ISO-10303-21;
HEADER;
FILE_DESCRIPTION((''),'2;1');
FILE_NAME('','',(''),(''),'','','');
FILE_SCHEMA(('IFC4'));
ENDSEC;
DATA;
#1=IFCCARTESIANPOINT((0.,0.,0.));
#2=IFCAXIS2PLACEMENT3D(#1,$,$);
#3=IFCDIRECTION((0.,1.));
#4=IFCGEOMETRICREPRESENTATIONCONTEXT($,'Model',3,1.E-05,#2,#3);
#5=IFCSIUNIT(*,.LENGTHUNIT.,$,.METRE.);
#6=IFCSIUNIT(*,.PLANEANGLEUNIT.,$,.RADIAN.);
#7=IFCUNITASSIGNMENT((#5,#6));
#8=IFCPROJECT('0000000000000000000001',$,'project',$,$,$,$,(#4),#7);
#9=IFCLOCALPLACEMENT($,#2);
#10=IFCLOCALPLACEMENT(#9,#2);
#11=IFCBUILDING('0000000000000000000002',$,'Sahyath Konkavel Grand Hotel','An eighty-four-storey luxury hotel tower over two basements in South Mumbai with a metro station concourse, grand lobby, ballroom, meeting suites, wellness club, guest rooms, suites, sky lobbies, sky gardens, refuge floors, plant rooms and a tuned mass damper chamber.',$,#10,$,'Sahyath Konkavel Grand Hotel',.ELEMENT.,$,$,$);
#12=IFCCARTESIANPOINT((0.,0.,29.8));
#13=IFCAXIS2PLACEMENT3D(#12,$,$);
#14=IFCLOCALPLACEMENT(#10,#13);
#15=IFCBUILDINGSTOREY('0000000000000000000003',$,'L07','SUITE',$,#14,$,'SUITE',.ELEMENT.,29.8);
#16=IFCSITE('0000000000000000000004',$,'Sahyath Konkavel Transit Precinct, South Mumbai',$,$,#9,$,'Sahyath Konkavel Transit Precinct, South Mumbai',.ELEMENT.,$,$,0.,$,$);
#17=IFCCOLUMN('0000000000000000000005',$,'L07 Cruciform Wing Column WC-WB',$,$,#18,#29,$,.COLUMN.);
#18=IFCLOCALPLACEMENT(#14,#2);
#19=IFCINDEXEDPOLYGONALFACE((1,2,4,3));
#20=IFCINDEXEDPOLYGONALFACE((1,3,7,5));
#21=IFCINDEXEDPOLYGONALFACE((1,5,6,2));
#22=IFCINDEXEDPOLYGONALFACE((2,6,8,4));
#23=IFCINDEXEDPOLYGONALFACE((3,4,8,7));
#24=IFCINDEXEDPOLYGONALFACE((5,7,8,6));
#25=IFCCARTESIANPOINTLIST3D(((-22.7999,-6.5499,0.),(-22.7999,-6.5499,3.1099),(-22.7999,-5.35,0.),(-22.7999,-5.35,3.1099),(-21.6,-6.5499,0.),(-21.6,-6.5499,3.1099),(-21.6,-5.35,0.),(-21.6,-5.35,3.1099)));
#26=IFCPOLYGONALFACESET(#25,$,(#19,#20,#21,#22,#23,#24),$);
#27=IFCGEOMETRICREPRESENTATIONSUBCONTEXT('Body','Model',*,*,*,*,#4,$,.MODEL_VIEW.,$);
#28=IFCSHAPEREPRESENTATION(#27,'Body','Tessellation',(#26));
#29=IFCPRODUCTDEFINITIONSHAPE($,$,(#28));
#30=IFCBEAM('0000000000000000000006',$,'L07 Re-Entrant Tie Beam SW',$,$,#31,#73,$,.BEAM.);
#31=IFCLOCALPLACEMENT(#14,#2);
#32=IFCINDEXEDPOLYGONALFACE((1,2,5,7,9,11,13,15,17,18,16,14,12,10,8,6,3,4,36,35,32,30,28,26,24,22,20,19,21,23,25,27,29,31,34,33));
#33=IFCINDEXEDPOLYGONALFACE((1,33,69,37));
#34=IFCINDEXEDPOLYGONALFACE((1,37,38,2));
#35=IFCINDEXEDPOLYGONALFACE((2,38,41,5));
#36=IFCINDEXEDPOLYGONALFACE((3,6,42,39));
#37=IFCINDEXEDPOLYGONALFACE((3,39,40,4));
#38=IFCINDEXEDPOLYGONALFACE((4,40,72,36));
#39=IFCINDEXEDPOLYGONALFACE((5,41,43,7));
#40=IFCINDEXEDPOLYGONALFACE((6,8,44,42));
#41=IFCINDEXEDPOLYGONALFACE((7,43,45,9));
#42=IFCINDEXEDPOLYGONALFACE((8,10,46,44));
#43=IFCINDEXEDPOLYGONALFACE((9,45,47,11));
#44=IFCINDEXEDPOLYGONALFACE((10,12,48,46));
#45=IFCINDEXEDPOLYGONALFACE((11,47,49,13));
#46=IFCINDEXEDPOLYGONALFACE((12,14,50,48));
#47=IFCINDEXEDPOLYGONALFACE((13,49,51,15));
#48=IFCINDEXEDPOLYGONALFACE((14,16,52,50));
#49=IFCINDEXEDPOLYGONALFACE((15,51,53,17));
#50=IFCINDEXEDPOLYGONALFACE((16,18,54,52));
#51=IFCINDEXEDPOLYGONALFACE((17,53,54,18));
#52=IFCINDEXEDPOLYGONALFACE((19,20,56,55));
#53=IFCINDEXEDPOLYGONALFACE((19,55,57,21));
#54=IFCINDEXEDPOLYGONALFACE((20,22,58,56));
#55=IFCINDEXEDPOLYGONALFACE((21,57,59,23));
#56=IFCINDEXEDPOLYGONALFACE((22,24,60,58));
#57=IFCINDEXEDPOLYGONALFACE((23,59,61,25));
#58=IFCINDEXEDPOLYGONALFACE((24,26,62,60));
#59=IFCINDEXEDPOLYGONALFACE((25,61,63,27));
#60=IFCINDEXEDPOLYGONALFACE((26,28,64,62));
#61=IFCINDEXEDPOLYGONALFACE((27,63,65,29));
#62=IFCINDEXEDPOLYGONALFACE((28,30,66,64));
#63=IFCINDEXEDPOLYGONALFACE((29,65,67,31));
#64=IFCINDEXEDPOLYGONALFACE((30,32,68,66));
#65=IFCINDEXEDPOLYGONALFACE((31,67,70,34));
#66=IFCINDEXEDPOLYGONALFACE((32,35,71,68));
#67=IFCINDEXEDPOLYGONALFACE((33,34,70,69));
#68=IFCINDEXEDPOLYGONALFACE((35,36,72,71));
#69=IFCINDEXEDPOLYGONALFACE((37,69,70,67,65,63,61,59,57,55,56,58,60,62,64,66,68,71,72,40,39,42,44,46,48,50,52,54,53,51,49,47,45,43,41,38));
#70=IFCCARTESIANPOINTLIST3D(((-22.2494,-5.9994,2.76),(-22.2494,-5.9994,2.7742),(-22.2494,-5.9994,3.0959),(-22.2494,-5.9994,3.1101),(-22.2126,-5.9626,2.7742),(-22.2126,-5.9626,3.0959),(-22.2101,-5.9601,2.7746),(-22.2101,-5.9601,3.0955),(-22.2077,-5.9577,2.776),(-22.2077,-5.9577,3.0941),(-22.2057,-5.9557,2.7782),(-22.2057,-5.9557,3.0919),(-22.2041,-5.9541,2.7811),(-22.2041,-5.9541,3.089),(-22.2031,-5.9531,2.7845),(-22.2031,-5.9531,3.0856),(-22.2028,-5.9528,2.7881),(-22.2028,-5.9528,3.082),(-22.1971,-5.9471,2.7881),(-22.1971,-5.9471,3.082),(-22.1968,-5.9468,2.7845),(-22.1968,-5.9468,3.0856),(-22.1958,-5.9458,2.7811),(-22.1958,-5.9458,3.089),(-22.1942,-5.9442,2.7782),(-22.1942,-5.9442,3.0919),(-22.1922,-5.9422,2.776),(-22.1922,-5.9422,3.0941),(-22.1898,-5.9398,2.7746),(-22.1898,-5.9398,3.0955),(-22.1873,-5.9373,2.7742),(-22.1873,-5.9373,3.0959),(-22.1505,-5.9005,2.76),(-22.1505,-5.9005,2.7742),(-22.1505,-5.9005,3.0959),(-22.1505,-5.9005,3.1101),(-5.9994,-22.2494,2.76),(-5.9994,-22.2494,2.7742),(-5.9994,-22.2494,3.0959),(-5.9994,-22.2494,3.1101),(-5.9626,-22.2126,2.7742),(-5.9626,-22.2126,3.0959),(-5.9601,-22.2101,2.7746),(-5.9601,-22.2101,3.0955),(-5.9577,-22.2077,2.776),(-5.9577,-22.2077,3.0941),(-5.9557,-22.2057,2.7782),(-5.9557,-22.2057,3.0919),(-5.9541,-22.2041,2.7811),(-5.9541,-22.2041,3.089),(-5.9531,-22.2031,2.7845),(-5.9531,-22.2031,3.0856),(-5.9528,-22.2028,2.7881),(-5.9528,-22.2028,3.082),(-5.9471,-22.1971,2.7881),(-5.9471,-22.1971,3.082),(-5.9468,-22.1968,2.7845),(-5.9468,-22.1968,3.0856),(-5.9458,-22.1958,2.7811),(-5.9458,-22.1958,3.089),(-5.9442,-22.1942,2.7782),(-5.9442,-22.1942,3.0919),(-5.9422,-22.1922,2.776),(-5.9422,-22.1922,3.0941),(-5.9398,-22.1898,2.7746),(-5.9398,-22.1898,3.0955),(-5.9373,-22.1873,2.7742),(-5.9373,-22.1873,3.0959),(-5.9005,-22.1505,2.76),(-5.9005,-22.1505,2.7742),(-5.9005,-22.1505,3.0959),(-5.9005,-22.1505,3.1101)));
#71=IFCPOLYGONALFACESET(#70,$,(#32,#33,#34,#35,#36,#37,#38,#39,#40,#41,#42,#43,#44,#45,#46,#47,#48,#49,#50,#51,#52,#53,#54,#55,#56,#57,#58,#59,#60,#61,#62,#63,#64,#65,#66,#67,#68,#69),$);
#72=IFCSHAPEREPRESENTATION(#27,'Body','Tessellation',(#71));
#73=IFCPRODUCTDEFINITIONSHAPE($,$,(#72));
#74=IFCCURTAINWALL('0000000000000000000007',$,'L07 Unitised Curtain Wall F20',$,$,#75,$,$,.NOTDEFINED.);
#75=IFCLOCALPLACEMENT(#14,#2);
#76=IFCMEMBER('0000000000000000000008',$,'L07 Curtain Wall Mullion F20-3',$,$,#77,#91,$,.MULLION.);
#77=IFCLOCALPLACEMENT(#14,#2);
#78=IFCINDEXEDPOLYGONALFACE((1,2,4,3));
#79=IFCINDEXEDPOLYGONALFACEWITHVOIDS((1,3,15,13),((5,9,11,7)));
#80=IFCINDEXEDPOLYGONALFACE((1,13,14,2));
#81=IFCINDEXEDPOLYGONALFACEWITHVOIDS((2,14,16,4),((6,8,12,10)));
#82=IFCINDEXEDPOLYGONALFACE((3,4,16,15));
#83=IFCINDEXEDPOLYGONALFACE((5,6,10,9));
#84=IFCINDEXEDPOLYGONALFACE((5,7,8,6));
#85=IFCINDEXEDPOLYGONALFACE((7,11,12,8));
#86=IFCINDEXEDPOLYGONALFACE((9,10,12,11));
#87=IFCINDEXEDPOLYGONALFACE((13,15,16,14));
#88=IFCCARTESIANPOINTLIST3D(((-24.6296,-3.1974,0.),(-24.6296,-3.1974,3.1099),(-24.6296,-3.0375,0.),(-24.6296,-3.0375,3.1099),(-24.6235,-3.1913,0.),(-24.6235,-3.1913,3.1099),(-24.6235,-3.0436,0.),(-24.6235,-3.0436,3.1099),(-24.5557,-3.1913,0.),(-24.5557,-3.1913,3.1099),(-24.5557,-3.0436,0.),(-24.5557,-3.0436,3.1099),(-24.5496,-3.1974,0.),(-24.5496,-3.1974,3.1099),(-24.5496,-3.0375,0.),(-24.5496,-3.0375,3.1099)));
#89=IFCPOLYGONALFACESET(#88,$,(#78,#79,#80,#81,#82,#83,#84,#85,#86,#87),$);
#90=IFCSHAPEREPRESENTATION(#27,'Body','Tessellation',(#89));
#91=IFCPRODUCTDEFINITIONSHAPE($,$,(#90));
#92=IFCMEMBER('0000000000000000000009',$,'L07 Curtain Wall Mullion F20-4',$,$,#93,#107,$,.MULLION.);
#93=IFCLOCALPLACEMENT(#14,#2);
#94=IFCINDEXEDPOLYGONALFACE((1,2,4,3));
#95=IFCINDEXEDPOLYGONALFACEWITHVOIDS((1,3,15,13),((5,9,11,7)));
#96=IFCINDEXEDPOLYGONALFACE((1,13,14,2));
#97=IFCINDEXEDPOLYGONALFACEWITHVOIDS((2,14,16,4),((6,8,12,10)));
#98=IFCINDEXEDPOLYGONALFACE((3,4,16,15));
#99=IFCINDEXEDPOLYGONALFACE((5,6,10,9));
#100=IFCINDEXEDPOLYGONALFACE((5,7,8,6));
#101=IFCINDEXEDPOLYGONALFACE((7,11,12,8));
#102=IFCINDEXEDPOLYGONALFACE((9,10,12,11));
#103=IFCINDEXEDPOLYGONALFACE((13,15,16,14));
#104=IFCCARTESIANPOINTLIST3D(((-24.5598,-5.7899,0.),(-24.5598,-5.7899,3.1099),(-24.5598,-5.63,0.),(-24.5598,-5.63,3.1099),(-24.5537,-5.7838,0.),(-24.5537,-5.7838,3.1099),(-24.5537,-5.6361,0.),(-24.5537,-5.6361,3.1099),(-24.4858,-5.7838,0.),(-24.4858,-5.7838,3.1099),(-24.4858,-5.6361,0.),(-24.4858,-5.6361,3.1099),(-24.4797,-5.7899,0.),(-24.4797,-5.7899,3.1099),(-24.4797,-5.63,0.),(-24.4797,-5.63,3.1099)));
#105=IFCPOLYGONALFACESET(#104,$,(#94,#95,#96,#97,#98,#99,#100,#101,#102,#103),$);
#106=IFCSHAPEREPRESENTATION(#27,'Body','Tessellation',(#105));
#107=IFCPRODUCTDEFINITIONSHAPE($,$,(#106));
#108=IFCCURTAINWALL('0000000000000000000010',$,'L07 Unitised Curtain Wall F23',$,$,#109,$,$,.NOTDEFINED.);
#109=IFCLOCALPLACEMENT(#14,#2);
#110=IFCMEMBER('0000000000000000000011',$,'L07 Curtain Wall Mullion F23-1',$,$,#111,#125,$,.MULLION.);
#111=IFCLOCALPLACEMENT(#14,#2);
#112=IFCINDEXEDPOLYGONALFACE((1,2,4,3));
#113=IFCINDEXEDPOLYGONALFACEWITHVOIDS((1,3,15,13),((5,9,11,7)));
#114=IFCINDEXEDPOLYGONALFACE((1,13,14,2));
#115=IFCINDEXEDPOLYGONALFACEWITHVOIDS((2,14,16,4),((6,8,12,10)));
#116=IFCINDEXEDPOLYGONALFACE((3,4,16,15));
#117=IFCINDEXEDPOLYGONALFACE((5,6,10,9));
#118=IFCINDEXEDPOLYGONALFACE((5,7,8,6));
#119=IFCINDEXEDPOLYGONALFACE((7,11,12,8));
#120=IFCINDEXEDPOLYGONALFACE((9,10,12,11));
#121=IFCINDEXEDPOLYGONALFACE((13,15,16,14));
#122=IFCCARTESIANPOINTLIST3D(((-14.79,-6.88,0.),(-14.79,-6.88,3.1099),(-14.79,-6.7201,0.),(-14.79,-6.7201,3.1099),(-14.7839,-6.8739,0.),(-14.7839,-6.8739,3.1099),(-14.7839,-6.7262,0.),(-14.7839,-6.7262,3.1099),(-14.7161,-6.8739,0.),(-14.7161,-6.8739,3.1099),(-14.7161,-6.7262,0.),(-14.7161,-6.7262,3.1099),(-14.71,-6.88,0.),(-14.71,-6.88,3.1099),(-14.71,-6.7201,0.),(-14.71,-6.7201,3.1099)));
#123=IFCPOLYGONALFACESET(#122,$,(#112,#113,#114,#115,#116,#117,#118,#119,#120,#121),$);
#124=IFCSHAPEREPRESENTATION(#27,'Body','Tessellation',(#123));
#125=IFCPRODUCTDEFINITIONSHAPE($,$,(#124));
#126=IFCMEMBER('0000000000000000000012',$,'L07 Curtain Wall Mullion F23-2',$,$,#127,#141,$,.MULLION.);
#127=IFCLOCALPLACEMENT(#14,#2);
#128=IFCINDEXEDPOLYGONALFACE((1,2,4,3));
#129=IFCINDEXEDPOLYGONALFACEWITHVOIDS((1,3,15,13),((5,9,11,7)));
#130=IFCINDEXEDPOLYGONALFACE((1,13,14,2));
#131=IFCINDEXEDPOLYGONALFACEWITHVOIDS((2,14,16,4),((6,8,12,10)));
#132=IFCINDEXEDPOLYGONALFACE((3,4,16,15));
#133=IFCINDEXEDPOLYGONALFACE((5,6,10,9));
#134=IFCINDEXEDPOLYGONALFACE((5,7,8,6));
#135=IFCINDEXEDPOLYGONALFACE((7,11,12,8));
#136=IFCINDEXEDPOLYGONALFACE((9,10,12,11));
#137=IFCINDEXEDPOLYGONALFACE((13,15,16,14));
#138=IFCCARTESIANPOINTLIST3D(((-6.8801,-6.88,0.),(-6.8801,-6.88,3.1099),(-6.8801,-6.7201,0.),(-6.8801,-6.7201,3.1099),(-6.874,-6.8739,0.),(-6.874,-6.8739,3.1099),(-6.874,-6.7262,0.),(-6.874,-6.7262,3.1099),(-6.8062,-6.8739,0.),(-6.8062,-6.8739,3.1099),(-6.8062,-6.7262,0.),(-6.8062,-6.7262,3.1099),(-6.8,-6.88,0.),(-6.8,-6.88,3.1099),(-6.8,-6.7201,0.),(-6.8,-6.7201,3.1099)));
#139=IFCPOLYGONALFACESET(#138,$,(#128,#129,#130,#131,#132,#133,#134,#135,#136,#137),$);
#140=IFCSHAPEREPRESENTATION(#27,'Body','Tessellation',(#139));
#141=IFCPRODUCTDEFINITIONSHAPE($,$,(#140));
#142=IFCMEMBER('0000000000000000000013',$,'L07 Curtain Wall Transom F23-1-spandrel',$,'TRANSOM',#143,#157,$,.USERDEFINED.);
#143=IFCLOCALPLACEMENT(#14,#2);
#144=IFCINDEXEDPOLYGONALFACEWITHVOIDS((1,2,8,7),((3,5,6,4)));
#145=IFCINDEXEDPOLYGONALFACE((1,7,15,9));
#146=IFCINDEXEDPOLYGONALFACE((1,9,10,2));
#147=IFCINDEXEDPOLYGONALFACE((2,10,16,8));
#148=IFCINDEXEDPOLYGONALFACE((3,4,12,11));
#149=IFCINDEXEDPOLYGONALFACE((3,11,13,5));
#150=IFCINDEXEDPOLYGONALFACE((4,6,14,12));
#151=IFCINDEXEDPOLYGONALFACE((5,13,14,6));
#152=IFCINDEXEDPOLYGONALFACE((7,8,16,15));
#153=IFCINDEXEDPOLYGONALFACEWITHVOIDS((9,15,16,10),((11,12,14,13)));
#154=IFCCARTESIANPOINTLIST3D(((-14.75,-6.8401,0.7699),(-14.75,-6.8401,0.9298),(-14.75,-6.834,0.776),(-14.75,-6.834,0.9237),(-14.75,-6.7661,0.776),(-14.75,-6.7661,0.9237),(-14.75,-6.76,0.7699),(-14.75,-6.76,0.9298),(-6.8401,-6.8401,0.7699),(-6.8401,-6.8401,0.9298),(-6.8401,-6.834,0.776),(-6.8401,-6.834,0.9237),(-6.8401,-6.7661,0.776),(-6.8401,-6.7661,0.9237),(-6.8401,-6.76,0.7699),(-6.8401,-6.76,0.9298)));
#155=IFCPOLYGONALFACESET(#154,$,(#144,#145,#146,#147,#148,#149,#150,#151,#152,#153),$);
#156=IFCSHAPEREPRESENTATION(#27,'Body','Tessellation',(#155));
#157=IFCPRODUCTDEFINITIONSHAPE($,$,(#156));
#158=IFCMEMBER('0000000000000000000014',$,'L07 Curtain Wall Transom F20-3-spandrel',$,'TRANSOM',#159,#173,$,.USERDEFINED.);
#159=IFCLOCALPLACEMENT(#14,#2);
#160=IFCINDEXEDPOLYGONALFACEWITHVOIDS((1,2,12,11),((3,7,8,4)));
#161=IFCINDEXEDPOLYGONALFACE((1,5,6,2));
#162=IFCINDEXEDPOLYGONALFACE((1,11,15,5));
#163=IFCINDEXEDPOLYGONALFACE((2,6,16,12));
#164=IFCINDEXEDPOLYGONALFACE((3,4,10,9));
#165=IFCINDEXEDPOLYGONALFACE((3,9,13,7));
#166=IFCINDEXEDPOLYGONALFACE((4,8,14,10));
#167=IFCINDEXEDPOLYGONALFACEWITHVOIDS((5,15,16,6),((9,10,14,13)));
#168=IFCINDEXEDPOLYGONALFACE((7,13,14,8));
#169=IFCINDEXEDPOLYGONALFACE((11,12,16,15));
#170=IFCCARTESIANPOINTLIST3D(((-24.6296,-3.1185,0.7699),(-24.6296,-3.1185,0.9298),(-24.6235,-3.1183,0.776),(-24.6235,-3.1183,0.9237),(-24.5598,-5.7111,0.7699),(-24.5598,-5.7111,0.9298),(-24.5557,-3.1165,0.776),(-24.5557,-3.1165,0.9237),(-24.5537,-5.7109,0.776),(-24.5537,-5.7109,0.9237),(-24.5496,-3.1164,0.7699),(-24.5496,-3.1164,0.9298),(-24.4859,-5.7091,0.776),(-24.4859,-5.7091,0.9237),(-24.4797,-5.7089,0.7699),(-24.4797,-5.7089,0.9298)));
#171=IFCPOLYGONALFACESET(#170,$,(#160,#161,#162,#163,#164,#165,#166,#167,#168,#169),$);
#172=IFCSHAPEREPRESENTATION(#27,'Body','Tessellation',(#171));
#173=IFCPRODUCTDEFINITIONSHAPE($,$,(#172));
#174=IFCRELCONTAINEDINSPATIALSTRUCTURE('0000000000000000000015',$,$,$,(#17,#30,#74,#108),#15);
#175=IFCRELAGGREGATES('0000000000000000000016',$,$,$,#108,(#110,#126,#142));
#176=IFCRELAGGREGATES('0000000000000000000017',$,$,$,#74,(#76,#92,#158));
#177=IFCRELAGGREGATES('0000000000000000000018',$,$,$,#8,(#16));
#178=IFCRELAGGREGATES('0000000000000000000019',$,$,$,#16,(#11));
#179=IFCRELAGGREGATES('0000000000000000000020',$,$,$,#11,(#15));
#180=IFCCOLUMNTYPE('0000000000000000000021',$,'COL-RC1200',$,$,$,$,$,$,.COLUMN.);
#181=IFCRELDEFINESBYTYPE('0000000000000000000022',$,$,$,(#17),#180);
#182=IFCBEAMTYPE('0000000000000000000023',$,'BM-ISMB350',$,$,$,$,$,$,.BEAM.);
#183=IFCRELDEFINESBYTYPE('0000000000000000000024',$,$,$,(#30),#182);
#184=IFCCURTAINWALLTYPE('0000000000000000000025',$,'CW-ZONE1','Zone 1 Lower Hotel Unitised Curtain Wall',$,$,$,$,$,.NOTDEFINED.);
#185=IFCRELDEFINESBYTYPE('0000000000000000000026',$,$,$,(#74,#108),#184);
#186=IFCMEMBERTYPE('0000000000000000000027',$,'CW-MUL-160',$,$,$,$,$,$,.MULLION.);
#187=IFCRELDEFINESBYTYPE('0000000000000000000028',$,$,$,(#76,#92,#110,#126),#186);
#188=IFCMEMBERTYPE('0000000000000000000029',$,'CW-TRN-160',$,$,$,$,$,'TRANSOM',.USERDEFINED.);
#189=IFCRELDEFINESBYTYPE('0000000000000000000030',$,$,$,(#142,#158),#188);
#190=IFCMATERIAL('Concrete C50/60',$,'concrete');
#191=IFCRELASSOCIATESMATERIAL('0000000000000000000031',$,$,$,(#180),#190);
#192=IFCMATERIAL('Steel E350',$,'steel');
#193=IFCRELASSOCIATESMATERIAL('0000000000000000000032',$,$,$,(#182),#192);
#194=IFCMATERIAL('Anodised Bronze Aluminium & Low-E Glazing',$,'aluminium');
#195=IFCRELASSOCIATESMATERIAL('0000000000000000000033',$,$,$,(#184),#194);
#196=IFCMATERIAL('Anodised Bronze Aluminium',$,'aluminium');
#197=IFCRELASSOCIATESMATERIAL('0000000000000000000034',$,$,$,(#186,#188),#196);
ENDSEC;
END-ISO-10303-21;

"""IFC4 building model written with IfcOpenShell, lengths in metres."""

from ifc_helpers import new_model, si_unit, direction, frame, origin, origin_2d, place, context, subcontext, project, spatial, rectangle, hollow_rectangle, i_section, extrude, source, transform, mapped, material, material_profile, profile_set, type_object, element, aggregate, save


model = new_model("IFC4")

# Units and contexts
model_context = context("Model", 3, precision=1e-05, world=origin(), true_north=direction((0.0, 1.0)))
body_context = subcontext(model_context, "Body", "Model", "MODEL_VIEW")
ifc_project = project(units=[si_unit("LENGTHUNIT", "METRE"), si_unit("PLANEANGLEUNIT", "RADIAN")], contexts=[model_context])

# Site, building, storey
site_placement = place(None, origin())
site = spatial("IfcSite", under=ifc_project, at=site_placement, Name="Sahyath Konkavel Transit Precinct, South Mumbai", LongName="Sahyath Konkavel Transit Precinct, South Mumbai", CompositionType="ELEMENT", RefElevation=0.0)
building_placement = place(site_placement, origin())
building = spatial("IfcBuilding", under=site, at=building_placement, Name="Sahyath Konkavel Grand Hotel", Description="An eighty-four-storey luxury hotel tower over two basements in South Mumbai with a metro station concourse, grand lobby, ballroom, meeting suites, wellness club, guest rooms, suites, sky lobbies, sky gardens, refuge floors, plant rooms and a tuned mass damper chamber.", LongName="Sahyath Konkavel Grand Hotel", CompositionType="ELEMENT")
storey_placement = place(building_placement, frame((0.0, 0.0, 29.8)))
storey = spatial("IfcBuildingStorey", under=building, at=storey_placement, Name="L07", Description="SUITE", LongName="SUITE", CompositionType="ELEMENT", Elevation=29.8)

# Column
ifc_material_1 = material(Name="Concrete C50/60", Category="concrete")
ifc_material_profile_1 = material_profile(ifc_material_1, rectangle(XDim=1.2, YDim=1.2, at=origin_2d()), Name="RC 1200x1200")
ifc_profile_set_1 = profile_set([ifc_material_profile_1], Name="Concrete C50/60")
column_type = type_object("IfcColumnType", Name="COL-RC1200", PredefinedType="COLUMN", material=ifc_profile_set_1)
shared_shape_1 = source(origin(), body_context, "Body", "SweptSolid", [
    extrude(rectangle(XDim=1.2, YDim=1.2, at=origin_2d()), origin(), (0.0, 0.0, 1.0), 3.1099),
])
column_placement = place(storey_placement, frame((-22.2, -5.95, 0.0), z_axis=(0.0, 0.0, 1.0), x_axis=(1.0, 0.0, 0.0)))
element("IfcColumn", 1, at=column_placement, inside=storey, type_object=column_type, Name="L07 Cruciform Wing Column WC-WB", PredefinedType="COLUMN", context=body_context, shape_type="MappedRepresentation", body=[
    mapped(shared_shape_1, transform((0.0, 0.0, 0.0), scale=1.0)),
])

# Beam
ifc_material_2 = material(Name="Steel E350", Category="steel")
ifc_material_profile_2 = material_profile(ifc_material_2, i_section(OverallWidth=0.1399, OverallDepth=0.3501, WebThickness=0.0081, FlangeThickness=0.0142, FilletRadius=0.0139, at=origin_2d()), Name="ISMB 350")
ifc_profile_set_2 = profile_set([ifc_material_profile_2], Name="Steel E350")
beam_type_1 = type_object("IfcBeamType", Name="BM-ISMB350", PredefinedType="BEAM", material=ifc_profile_set_2)
shared_shape_2 = source(origin(), body_context, "Body", "SweptSolid", [
    extrude(i_section(OverallWidth=0.1399, OverallDepth=0.3501, WebThickness=0.0081, FlangeThickness=0.0142, FilletRadius=0.0139, at=origin_2d()), origin(), (0.0, 0.0, 1.0), 22.981),
])
beam_1_placement = place(storey_placement, frame((-22.2, -5.95, 2.9351), z_axis=(0.707107, -0.707107, 0.0), x_axis=(0.707107, 0.707107, 0.0)))
element("IfcBeam", 2, at=beam_1_placement, inside=storey, type_object=beam_type_1, Name="L07 Re-Entrant Tie Beam SW", PredefinedType="BEAM", context=body_context, shape_type="MappedRepresentation", body=[
    mapped(shared_shape_2, transform((0.0, 0.0, 0.0), scale=1.0)),
])

# Curtain walls, members
ifc_material_3 = material(Name="Anodised Bronze Aluminium & Low-E Glazing", Category="aluminium")
curtain_wall_type = type_object("IfcCurtainWallType", Name="CW-ZONE1", Description="Zone 1 Lower Hotel Unitised Curtain Wall", PredefinedType="NOTDEFINED", material=ifc_material_3)
curtain_wall_1_placement = place(storey_placement, origin())
curtain_wall_1 = element("IfcCurtainWall", 3, at=curtain_wall_1_placement, inside=storey, type_object=curtain_wall_type, Name="L07 Unitised Curtain Wall F20", PredefinedType="NOTDEFINED")
ifc_material_4 = material(Name="Anodised Bronze Aluminium", Category="aluminium")
ifc_material_profile_3 = material_profile(ifc_material_4, hollow_rectangle(XDim=0.0801, YDim=0.1599, WallThickness=0.0061, at=origin_2d()), Name="RHS 160x80x6")
ifc_profile_set_3 = profile_set([ifc_material_profile_3], Name="Anodised Bronze Aluminium")
member_type_1 = type_object("IfcMemberType", Name="CW-MUL-160", PredefinedType="MULLION", material=ifc_profile_set_3)
shared_shape_3 = source(origin(), body_context, "Body", "SweptSolid", [
    extrude(hollow_rectangle(XDim=0.0801, YDim=0.1599, WallThickness=0.0061, at=origin_2d()), origin(), (0.0, 0.0, 1.0), 3.1099),
])
member_1_placement = place(storey_placement, frame((-24.5896, -3.1174, 0.0), z_axis=(0.0, 0.0, 1.0), x_axis=(1.0, 0.0, 0.0)))
member_1 = element("IfcMember", 4, at=member_1_placement, type_object=member_type_1, Name="L07 Curtain Wall Mullion F20-3", PredefinedType="MULLION", context=body_context, shape_type="MappedRepresentation", body=[
    mapped(shared_shape_3, transform((0.0, 0.0, 0.0), scale=1.0)),
])
member_2_placement = place(storey_placement, frame((-24.5198, -5.71, 0.0), z_axis=(0.0, 0.0, 1.0), x_axis=(1.0, 0.0, 0.0)))
member_2 = element("IfcMember", 5, at=member_2_placement, type_object=member_type_1, Name="L07 Curtain Wall Mullion F20-4", PredefinedType="MULLION", context=body_context, shape_type="MappedRepresentation", body=[
    mapped(shared_shape_3, transform((0.0, 0.0, 0.0), scale=1.0)),
])
curtain_wall_2_placement = place(storey_placement, origin())
curtain_wall_2 = element("IfcCurtainWall", 6, at=curtain_wall_2_placement, inside=storey, type_object=curtain_wall_type, Name="L07 Unitised Curtain Wall F23", PredefinedType="NOTDEFINED")
member_3_placement = place(storey_placement, frame((-14.75, -6.8, 0.0), z_axis=(0.0, 0.0, 1.0), x_axis=(1.0, 0.0, 0.0)))
member_3 = element("IfcMember", 7, at=member_3_placement, type_object=member_type_1, Name="L07 Curtain Wall Mullion F23-1", PredefinedType="MULLION", context=body_context, shape_type="MappedRepresentation", body=[
    mapped(shared_shape_3, transform((0.0, 0.0, 0.0), scale=1.0)),
])
member_4_placement = place(storey_placement, frame((-6.8401, -6.8, 0.0), z_axis=(0.0, 0.0, 1.0), x_axis=(1.0, 0.0, 0.0)))
member_4 = element("IfcMember", 8, at=member_4_placement, type_object=member_type_1, Name="L07 Curtain Wall Mullion F23-2", PredefinedType="MULLION", context=body_context, shape_type="MappedRepresentation", body=[
    mapped(shared_shape_3, transform((0.0, 0.0, 0.0), scale=1.0)),
])
ifc_material_profile_4 = material_profile(ifc_material_4, hollow_rectangle(XDim=0.0801, YDim=0.1599, WallThickness=0.0061, at=origin_2d()), Name="RHS 160x80x6")
ifc_profile_set_4 = profile_set([ifc_material_profile_4], Name="Anodised Bronze Aluminium")
member_type_2 = type_object("IfcMemberType", Name="CW-TRN-160", ElementType="TRANSOM", PredefinedType="USERDEFINED", material=ifc_profile_set_4)
shared_shape_4 = source(origin(), body_context, "Body", "SweptSolid", [
    extrude(hollow_rectangle(XDim=0.0801, YDim=0.1599, WallThickness=0.0061, at=origin_2d()), origin(), (0.0, 0.0, 1.0), 7.9099),
])
member_5_placement = place(storey_placement, frame((-14.75, -6.8, 0.8499), z_axis=(1.0, 0.0, 0.0), x_axis=(0.0, 1.0, 0.0)))
member_5 = element("IfcMember", 9, at=member_5_placement, type_object=member_type_2, Name="L07 Curtain Wall Transom F23-1-spandrel", ObjectType="TRANSOM", PredefinedType="USERDEFINED", context=body_context, shape_type="MappedRepresentation", body=[
    mapped(shared_shape_4, transform((0.0, 0.0, 0.0), scale=1.0)),
])

# Member
shared_shape_5 = source(origin(), body_context, "Body", "SweptSolid", [
    extrude(hollow_rectangle(XDim=0.0801, YDim=0.1599, WallThickness=0.0061, at=origin_2d()), origin(), (0.0, 0.0, 1.0), 2.5935),
])
member_6_placement = place(storey_placement, frame((-24.5896, -3.1174, 0.8499), z_axis=(0.026923, -0.999638, 0.0), x_axis=(0.999638, 0.026923, 0.0)))
member_6 = element("IfcMember", 10, at=member_6_placement, type_object=member_type_2, Name="L07 Curtain Wall Transom F20-3-spandrel", ObjectType="TRANSOM", PredefinedType="USERDEFINED", context=body_context, shape_type="MappedRepresentation", body=[
    mapped(shared_shape_5, transform((0.0, 0.0, 0.0), scale=1.0)),
])

aggregate(curtain_wall_2, [member_3, member_4, member_5])
aggregate(curtain_wall_1, [member_1, member_2, member_6])

save(model, "model.ifc")
